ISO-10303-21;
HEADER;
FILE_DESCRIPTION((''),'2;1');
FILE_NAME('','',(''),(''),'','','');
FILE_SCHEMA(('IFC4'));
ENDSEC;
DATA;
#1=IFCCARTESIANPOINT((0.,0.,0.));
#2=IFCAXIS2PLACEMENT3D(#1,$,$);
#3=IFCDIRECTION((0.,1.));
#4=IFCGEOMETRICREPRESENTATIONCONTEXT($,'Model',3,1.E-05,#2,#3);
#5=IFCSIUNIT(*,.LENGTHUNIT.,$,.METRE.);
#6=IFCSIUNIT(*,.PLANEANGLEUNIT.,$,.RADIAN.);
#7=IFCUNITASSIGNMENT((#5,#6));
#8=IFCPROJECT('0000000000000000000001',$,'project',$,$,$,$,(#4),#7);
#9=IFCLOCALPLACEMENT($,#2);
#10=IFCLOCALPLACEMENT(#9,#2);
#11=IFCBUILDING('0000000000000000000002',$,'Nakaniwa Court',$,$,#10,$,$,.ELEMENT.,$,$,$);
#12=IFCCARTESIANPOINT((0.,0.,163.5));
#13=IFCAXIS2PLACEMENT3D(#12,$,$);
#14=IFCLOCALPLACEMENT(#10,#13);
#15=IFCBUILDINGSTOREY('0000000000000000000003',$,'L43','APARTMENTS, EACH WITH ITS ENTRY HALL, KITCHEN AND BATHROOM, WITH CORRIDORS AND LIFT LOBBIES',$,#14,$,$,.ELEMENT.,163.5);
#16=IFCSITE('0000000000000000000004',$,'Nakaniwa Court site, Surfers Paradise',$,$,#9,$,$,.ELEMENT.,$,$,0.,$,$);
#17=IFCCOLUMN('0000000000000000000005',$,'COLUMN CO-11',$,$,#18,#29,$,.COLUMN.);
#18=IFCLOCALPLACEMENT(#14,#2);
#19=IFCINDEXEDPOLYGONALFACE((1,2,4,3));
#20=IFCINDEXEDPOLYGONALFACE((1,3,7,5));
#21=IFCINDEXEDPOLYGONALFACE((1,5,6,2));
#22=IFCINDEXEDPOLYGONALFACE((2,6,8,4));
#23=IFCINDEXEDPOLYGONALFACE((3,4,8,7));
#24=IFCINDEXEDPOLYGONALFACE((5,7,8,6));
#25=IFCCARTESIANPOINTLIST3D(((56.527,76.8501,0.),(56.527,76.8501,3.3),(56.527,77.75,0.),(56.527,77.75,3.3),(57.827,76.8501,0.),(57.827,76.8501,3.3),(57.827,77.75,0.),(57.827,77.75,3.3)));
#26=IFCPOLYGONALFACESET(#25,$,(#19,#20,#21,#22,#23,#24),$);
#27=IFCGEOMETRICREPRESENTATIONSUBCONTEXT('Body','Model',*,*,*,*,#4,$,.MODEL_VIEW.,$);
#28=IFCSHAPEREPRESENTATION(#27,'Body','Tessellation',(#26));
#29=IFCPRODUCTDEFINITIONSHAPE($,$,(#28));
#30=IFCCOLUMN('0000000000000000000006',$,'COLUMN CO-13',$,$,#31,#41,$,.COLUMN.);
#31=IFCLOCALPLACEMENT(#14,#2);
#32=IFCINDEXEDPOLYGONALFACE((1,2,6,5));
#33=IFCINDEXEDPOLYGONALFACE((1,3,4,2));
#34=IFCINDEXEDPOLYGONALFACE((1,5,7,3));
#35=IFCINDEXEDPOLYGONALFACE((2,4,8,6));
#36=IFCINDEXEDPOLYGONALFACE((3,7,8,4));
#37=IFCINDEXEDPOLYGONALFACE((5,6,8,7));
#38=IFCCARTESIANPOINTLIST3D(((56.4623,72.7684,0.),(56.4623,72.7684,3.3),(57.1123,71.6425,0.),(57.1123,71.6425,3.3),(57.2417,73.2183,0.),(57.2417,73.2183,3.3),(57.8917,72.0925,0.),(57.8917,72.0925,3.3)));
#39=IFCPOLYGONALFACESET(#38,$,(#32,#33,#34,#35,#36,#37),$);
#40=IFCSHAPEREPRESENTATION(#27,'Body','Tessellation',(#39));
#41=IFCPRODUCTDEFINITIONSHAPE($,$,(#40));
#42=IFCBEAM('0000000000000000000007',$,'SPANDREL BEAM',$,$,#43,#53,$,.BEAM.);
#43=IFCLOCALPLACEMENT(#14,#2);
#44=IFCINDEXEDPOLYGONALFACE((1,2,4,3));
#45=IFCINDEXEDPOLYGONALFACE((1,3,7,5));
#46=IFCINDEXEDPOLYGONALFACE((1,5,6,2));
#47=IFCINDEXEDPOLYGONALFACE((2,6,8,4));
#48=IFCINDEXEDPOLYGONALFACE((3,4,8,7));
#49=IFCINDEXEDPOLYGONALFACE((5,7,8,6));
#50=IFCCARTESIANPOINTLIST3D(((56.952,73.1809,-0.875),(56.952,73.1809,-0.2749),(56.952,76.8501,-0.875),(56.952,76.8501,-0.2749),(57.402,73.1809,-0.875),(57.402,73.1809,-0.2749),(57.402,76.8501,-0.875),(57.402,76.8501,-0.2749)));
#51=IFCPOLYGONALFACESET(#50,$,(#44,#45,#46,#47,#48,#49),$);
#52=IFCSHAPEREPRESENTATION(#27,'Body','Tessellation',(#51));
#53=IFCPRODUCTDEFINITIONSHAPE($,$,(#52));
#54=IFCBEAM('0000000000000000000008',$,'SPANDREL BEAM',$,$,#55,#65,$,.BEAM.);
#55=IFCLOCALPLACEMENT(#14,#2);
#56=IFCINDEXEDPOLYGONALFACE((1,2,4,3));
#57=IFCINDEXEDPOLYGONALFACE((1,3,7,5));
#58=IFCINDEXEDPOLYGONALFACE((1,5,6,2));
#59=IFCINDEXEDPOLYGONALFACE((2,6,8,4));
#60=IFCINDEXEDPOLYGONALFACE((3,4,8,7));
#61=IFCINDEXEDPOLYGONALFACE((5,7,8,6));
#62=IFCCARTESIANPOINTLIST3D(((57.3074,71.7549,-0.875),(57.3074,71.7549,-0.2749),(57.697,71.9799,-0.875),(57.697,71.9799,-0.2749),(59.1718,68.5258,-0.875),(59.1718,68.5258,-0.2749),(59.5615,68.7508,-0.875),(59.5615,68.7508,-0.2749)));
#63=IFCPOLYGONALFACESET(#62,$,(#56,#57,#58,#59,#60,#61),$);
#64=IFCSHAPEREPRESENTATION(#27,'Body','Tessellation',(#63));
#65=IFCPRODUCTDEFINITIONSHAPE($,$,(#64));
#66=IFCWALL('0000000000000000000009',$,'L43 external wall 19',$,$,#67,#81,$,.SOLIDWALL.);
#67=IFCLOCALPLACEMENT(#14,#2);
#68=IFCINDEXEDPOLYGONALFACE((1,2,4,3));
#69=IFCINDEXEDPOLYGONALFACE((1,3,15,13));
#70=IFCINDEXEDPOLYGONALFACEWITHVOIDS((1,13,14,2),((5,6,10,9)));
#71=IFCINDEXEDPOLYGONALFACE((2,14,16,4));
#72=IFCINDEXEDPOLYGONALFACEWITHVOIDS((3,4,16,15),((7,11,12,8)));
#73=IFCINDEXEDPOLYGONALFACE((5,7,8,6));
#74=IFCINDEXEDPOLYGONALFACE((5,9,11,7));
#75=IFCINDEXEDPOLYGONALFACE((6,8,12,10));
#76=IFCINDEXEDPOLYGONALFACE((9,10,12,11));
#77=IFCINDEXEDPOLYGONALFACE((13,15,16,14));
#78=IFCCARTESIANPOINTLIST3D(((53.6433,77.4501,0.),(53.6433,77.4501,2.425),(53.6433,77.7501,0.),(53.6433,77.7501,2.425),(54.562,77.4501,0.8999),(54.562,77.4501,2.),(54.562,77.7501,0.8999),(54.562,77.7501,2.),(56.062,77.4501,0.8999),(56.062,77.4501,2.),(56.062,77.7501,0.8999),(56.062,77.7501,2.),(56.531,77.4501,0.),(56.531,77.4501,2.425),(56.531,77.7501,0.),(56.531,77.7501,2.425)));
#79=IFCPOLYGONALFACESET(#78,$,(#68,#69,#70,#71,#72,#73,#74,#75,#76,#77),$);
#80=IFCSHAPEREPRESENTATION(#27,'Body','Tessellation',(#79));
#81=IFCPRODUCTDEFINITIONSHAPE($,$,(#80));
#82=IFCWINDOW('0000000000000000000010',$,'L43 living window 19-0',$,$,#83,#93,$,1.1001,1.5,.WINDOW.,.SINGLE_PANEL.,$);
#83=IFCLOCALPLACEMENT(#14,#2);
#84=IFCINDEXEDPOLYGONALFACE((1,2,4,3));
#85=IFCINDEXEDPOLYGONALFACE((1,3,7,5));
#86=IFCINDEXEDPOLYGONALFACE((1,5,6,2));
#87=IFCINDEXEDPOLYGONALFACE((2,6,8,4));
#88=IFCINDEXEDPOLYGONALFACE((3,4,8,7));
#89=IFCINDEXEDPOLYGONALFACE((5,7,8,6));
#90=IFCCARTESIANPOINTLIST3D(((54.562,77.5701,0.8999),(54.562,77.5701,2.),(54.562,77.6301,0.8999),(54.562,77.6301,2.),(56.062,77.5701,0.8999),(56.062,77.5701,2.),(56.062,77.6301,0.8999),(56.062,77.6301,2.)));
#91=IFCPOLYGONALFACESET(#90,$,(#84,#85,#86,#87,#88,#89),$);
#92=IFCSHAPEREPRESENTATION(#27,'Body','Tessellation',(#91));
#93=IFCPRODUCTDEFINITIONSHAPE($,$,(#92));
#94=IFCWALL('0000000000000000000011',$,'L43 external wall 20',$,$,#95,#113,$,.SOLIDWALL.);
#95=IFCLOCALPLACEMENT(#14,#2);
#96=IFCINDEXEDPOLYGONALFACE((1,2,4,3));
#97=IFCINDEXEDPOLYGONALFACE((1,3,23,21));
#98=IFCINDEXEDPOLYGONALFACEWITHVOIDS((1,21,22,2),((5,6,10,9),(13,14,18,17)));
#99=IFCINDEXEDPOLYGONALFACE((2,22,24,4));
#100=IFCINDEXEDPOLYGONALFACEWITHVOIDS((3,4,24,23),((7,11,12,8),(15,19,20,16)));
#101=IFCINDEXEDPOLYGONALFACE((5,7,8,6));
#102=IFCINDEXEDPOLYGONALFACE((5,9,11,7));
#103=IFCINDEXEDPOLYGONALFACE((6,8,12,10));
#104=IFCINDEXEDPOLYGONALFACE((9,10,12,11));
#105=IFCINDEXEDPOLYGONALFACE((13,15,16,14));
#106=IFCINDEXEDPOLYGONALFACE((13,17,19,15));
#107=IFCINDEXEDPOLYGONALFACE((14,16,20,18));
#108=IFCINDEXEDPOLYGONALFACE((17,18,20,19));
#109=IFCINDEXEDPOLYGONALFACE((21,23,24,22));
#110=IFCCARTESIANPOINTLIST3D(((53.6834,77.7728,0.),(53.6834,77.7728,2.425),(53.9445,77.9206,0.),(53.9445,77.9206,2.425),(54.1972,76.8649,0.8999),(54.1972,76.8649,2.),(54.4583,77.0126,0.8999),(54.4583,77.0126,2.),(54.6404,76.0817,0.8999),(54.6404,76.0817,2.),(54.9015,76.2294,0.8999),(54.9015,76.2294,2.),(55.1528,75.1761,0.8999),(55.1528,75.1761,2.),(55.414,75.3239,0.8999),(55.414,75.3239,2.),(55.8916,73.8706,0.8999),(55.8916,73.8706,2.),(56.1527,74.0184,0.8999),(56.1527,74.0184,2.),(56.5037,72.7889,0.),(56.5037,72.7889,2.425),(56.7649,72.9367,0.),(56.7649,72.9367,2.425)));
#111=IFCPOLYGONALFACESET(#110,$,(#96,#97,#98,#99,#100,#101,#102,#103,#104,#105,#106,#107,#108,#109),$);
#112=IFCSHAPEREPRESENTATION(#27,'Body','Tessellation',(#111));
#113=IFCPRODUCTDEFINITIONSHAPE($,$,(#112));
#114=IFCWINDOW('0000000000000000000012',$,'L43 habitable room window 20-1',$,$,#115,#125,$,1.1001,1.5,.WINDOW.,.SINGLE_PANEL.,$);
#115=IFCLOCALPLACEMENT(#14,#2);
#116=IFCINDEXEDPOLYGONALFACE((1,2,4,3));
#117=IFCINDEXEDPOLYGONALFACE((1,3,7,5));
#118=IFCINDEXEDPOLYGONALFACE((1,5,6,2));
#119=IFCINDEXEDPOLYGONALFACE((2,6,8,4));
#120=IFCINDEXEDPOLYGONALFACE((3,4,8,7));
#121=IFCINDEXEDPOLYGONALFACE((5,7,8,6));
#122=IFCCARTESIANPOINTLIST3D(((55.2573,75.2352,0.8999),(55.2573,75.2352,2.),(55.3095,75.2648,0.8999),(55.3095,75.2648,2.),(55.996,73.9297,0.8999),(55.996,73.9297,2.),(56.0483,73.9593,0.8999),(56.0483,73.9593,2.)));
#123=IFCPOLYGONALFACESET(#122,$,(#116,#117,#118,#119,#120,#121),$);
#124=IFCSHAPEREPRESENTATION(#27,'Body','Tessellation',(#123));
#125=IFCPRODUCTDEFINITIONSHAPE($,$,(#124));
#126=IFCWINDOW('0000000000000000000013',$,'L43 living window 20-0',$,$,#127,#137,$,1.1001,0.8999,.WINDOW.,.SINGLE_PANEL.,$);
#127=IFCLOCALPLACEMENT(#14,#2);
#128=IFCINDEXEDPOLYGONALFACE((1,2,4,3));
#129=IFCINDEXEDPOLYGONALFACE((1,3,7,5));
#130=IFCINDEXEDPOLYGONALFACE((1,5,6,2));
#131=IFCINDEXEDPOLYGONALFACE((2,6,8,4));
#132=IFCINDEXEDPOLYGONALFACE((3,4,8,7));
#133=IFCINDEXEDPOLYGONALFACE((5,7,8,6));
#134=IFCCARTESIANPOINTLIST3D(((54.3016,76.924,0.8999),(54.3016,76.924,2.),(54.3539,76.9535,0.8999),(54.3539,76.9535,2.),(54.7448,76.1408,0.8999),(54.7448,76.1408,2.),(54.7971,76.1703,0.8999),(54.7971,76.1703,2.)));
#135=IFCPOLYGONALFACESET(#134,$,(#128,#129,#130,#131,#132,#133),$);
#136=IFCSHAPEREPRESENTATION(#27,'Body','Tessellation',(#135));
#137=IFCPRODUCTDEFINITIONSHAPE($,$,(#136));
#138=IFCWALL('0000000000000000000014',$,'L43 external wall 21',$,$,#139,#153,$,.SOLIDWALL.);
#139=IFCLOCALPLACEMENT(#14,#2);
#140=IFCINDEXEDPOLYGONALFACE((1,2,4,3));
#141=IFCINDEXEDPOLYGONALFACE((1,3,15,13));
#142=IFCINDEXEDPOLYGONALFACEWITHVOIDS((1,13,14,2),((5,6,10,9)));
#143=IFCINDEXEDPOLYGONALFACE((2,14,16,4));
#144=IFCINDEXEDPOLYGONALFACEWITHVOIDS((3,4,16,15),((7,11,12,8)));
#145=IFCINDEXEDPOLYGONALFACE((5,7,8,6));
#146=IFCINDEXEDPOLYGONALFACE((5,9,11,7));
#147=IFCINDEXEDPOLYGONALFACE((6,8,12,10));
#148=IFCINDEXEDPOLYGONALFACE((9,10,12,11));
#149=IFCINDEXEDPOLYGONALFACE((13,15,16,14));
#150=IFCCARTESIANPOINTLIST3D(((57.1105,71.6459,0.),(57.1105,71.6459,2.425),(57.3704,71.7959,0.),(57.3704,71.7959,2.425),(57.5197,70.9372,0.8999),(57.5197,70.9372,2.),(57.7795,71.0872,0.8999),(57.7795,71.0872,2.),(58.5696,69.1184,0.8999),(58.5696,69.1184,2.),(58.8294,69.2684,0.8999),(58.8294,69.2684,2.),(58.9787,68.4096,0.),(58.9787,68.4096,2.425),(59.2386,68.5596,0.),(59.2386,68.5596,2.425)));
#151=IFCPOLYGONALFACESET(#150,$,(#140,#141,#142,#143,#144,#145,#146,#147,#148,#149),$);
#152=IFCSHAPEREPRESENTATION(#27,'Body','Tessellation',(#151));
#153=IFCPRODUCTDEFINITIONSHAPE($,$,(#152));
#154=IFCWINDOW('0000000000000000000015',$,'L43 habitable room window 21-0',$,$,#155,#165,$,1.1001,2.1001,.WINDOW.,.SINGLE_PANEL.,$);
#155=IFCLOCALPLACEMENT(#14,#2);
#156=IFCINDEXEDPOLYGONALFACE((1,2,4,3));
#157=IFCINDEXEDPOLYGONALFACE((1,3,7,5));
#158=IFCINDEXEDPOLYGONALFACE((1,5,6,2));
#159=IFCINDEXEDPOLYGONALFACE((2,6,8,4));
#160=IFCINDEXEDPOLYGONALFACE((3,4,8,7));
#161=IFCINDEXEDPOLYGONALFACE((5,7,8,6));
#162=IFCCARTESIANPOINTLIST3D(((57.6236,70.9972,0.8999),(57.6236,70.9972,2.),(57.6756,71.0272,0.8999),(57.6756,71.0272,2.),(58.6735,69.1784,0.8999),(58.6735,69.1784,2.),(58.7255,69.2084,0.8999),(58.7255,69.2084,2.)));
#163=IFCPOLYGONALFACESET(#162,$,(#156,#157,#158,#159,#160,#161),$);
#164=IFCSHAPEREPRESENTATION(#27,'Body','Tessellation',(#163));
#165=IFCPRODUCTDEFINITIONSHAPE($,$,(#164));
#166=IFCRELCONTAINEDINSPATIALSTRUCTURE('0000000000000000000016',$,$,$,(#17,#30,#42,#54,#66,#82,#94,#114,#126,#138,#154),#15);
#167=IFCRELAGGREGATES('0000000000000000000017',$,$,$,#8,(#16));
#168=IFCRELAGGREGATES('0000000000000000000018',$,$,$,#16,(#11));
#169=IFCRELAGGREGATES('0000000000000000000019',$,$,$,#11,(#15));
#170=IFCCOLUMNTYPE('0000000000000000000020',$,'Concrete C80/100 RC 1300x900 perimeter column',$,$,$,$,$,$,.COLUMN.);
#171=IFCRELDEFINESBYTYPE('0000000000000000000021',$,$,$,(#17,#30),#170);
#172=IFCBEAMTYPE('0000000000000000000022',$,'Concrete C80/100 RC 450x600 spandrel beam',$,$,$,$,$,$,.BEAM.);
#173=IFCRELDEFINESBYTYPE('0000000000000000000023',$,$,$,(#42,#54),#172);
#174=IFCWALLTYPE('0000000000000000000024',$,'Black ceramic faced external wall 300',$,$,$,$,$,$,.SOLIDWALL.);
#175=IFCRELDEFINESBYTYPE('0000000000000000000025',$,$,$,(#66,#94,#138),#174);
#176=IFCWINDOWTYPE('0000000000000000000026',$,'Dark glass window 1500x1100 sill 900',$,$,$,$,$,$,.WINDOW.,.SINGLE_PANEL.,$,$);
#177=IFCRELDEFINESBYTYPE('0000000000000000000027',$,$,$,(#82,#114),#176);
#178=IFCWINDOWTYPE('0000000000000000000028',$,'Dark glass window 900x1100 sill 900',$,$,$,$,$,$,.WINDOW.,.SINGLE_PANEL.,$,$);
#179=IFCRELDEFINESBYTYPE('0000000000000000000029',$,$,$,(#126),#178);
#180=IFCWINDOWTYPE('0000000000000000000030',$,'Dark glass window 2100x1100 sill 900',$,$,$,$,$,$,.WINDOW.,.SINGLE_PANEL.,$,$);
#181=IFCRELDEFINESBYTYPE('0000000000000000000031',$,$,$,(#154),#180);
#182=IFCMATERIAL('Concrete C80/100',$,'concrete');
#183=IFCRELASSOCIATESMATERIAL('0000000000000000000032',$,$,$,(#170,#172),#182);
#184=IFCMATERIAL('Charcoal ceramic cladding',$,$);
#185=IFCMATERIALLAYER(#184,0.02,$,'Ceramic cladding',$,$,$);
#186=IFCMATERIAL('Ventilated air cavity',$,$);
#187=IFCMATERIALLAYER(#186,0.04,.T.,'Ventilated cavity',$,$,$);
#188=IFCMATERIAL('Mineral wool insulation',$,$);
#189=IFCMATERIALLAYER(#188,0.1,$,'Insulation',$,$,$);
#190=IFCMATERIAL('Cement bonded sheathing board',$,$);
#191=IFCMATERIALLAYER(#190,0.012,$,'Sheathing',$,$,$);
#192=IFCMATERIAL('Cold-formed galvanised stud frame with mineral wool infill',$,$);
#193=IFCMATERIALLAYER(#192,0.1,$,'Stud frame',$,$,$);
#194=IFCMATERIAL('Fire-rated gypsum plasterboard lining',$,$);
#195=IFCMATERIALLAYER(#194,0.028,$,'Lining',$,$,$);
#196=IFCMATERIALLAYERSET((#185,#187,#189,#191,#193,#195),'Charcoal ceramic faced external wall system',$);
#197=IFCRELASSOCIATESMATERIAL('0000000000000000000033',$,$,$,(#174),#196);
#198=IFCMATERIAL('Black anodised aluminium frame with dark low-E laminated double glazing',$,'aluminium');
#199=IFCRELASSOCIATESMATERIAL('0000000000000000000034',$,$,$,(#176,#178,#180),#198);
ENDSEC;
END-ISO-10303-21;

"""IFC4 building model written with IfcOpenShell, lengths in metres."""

from ifc_helpers import new_model, si_unit, direction, frame, frame_2d, origin, origin_2d, place, context, subcontext, project, spatial, rectangle, extrude, material, layer, layer_set, material_profile, profile_set, type_object, element, fill, save


model = new_model("IFC4")

# Units and contexts
model_context = context("Model", 3, precision=1e-05, world=origin(), true_north=direction((0.0, 1.0)))
body_context = subcontext(model_context, "Body", "Model", "MODEL_VIEW")
ifc_project = project(units=[si_unit("LENGTHUNIT", "METRE"), si_unit("PLANEANGLEUNIT", "RADIAN")], contexts=[model_context])

# Site, building, storey
site_placement = place(None, origin())
site = spatial("IfcSite", under=ifc_project, at=site_placement, Name="Nakaniwa Court site, Surfers Paradise", CompositionType="ELEMENT", RefElevation=0.0)
building_placement = place(site_placement, origin())
building = spatial("IfcBuilding", under=site, at=building_placement, Name="Nakaniwa Court", CompositionType="ELEMENT")
storey_placement = place(building_placement, frame((0.0, 0.0, 163.5)))
storey = spatial("IfcBuildingStorey", under=building, at=storey_placement, Name="L43", Description="APARTMENTS, EACH WITH ITS ENTRY HALL, KITCHEN AND BATHROOM, WITH CORRIDORS AND LIFT LOBBIES", CompositionType="ELEMENT", Elevation=163.5)

# Columns
ifc_material_1 = material(Name="Concrete C80/100", Category="concrete")
ifc_material_profile_1 = material_profile(ifc_material_1, rectangle(XDim=1.3, YDim=0.8999, at=origin_2d()), Name="Concrete C80/100 RC 1300x900 perimeter column")
ifc_profile_set_1 = profile_set([ifc_material_profile_1], Name="Concrete C80/100")
column_type = type_object("IfcColumnType", Name="Concrete C80/100 RC 1300x900 perimeter column", PredefinedType="COLUMN", material=ifc_profile_set_1)
for number, where, z_axis, x_axis, name in (
    (1, (57.177, 77.3, 0.0), (0.0, 0.0, 1.0), (-1.0, 0.0, 0.0), "COLUMN CO-11"),
    (2, (57.177, 72.4304, 0.0), (0.0, 0.0, 1.0), (0.5, -0.866025, 0.0), "COLUMN CO-13"),
):
    element("IfcColumn", number, at=place(storey_placement, frame(where, z_axis=z_axis, x_axis=x_axis)), inside=storey, type_object=column_type, Name=name, PredefinedType="COLUMN", context=body_context, shape_type="SweptSolid", body=[
        extrude(rectangle(XDim=1.3, YDim=0.8999, at=origin_2d()), origin(), (0.0, 0.0, 1.0), 3.3),
    ])

# Beams
ifc_material_profile_2 = material_profile(ifc_material_1, rectangle(XDim=0.45, YDim=0.6001, at=origin_2d()), Name="Concrete C80/100 RC 450x600 spandrel beam")
ifc_profile_set_2 = profile_set([ifc_material_profile_2], Name="Concrete C80/100")
beam_type = type_object("IfcBeamType", Name="Concrete C80/100 RC 450x600 spandrel beam", PredefinedType="BEAM", material=ifc_profile_set_2)
beam_1_placement = place(storey_placement, frame((57.177, 76.8501, -0.575), z_axis=(0.0, -1.0, 0.0), x_axis=(1.0, 0.0, 0.0)))
element("IfcBeam", 3, at=beam_1_placement, inside=storey, type_object=beam_type, Name="SPANDREL BEAM", PredefinedType="BEAM", context=body_context, shape_type="SweptSolid", body=[
    extrude(rectangle(XDim=0.45, YDim=0.6001, at=origin_2d()), origin(), (0.0, 0.0, 1.0), 3.6692),
])
beam_2_placement = place(storey_placement, frame((57.5022, 71.8674, -0.575), z_axis=(0.500019, -0.866014, 0.0), x_axis=(0.866014, 0.500019, 0.0)))
element("IfcBeam", 4, at=beam_2_placement, inside=storey, type_object=beam_type, Name="SPANDREL BEAM", PredefinedType="BEAM", context=body_context, shape_type="SweptSolid", body=[
    extrude(rectangle(XDim=0.45, YDim=0.6001, at=origin_2d()), origin(), (0.0, 0.0, 1.0), 3.7288),
])

# Wall, opening, window
ifc_material_2 = material(Name="Charcoal ceramic cladding")
ifc_layer_1 = layer(ifc_material_2, 0.02, Name="Ceramic cladding")
ifc_material_3 = material(Name="Ventilated air cavity")
ifc_layer_2 = layer(ifc_material_3, 0.04, ventilated=True, Name="Ventilated cavity")
ifc_material_4 = material(Name="Mineral wool insulation")
ifc_layer_3 = layer(ifc_material_4, 0.1, Name="Insulation")
ifc_material_5 = material(Name="Cement bonded sheathing board")
ifc_layer_4 = layer(ifc_material_5, 0.012, Name="Sheathing")
ifc_material_6 = material(Name="Cold-formed galvanised stud frame with mineral wool infill")
ifc_layer_5 = layer(ifc_material_6, 0.1, Name="Stud frame")
ifc_material_7 = material(Name="Fire-rated gypsum plasterboard lining")
ifc_layer_6 = layer(ifc_material_7, 0.028, Name="Lining")
ifc_layer_set_1 = layer_set([ifc_layer_1, ifc_layer_2, ifc_layer_3, ifc_layer_4, ifc_layer_5, ifc_layer_6], Name="Charcoal ceramic faced external wall system")
wall_type_1 = type_object("IfcWallType", Name="Black ceramic faced external wall 300", PredefinedType="SOLIDWALL", material=ifc_layer_set_1)
wall_1_placement = place(storey_placement, frame((56.531, 77.6001, 0.0), z_axis=(0.0, 0.0, 1.0), x_axis=(-1.0, 0.0, 0.0)))
wall_1 = element("IfcWall", 5, at=wall_1_placement, inside=storey, type_object=wall_type_1, Name="L43 external wall 19", PredefinedType="SOLIDWALL", context=body_context, shape_type="SweptSolid", body=[
    extrude(rectangle(XDim=2.8877, YDim=0.3, at=frame_2d((1.4438, 0.0))), origin(), (0.0, 0.0, 1.0), 2.425),
])
opening_1_placement = place(wall_1_placement, frame((0.469, 0.0, 0.8999)))
opening_1 = element("IfcOpeningElement", 6, at=opening_1_placement, cuts=wall_1, PredefinedType="OPENING", context=body_context, shape_type="SweptSolid", body=[
    extrude(rectangle(XDim=1.5, YDim=1.1001, at=frame_2d((0.75, 0.55))), frame((0.0, 0.1599, 0.0), z_axis=(0.0, -1.0, 0.0), x_axis=(1.0, 0.0, 0.0)), (0.0, 0.0, 1.0), 0.3201),
])
ifc_material_8 = material(Name="Black anodised aluminium frame with dark low-E laminated double glazing", Category="aluminium")
window_type_1 = type_object("IfcWindowType", Name="Dark glass window 1500x1100 sill 900", PartitioningType="SINGLE_PANEL", PredefinedType="WINDOW", material=ifc_material_8)
window_1_placement = place(opening_1_placement, origin())
window_1 = element("IfcWindow", 7, at=window_1_placement, inside=storey, type_object=window_type_1, Name="L43 living window 19-0", OverallHeight=1.1001, OverallWidth=1.5, PartitioningType="SINGLE_PANEL", PredefinedType="WINDOW", context=body_context, shape_type="SweptSolid", body=[
    extrude(rectangle(XDim=1.5, YDim=1.1001, at=frame_2d((0.75, 0.55))), frame((0.0, 0.03, 0.0), z_axis=(0.0, -1.0, 0.0), x_axis=(1.0, 0.0, 0.0)), (0.0, 0.0, 1.0), 0.0601),
])
fill(opening_1, window_1)

# Wall, openings, windows
wall_2_placement = place(storey_placement, frame((53.814, 77.8467, 0.0), z_axis=(0.0, 0.0, 1.0), x_axis=(0.492498, -0.870313, 0.0)))
wall_2 = element("IfcWall", 8, at=wall_2_placement, inside=storey, type_object=wall_type_1, Name="L43 external wall 20", PredefinedType="SOLIDWALL", context=body_context, shape_type="SweptSolid", body=[
    extrude(rectangle(XDim=5.7266, YDim=0.3, at=frame_2d((2.8633, 0.0))), origin(), (0.0, 0.0, 1.0), 2.425),
])
opening_2_placement = place(wall_2_placement, frame((1.0432, 0.0, 0.8999)))
opening_2 = element("IfcOpeningElement", 9, at=opening_2_placement, cuts=wall_2, PredefinedType="OPENING", context=body_context, shape_type="SweptSolid", body=[
    extrude(rectangle(XDim=0.8999, YDim=1.1001, at=frame_2d((0.45, 0.55))), frame((0.0, 0.1599, 0.0), z_axis=(0.0, -1.0, 0.0), x_axis=(1.0, 0.0, 0.0)), (0.0, 0.0, 1.0), 0.3201),
])
opening_3_placement = place(wall_2_placement, frame((2.9836, 0.0, 0.8999)))
opening_3 = element("IfcOpeningElement", 10, at=opening_3_placement, cuts=wall_2, PredefinedType="OPENING", context=body_context, shape_type="SweptSolid", body=[
    extrude(rectangle(XDim=1.5, YDim=1.1001, at=frame_2d((0.75, 0.55))), frame((0.0, 0.1599, 0.0), z_axis=(0.0, -1.0, 0.0), x_axis=(1.0, 0.0, 0.0)), (0.0, 0.0, 1.0), 0.3201),
])
window_2_placement = place(opening_3_placement, origin())
window_2 = element("IfcWindow", 11, at=window_2_placement, inside=storey, type_object=window_type_1, Name="L43 habitable room window 20-1", OverallHeight=1.1001, OverallWidth=1.5, PartitioningType="SINGLE_PANEL", PredefinedType="WINDOW", context=body_context, shape_type="SweptSolid", body=[
    extrude(rectangle(XDim=1.5, YDim=1.1001, at=frame_2d((0.75, 0.55))), frame((0.0, 0.03, 0.0), z_axis=(0.0, -1.0, 0.0), x_axis=(1.0, 0.0, 0.0)), (0.0, 0.0, 1.0), 0.0601),
])
fill(opening_3, window_2)
window_type_2 = type_object("IfcWindowType", Name="Dark glass window 900x1100 sill 900", PartitioningType="SINGLE_PANEL", PredefinedType="WINDOW", material=ifc_material_8)
window_3_placement = place(opening_2_placement, origin())
window_3 = element("IfcWindow", 12, at=window_3_placement, inside=storey, type_object=window_type_2, Name="L43 living window 20-0", OverallHeight=1.1001, OverallWidth=0.8999, PartitioningType="SINGLE_PANEL", PredefinedType="WINDOW", context=body_context, shape_type="SweptSolid", body=[
    extrude(rectangle(XDim=0.8999, YDim=1.1001, at=frame_2d((0.45, 0.55))), frame((0.0, 0.03, 0.0), z_axis=(0.0, -1.0, 0.0), x_axis=(1.0, 0.0, 0.0)), (0.0, 0.0, 1.0), 0.0601),
])
fill(opening_2, window_3)

# Wall, opening, window
wall_3_placement = place(storey_placement, frame((57.2405, 71.7209, 0.0), z_axis=(0.0, 0.0, 1.0), x_axis=(0.499934, -0.866064, 0.0)))
wall_3 = element("IfcWall", 13, at=wall_3_placement, inside=storey, type_object=wall_type_1, Name="L43 external wall 21", PredefinedType="SOLIDWALL", context=body_context, shape_type="SweptSolid", body=[
    extrude(rectangle(XDim=3.7368, YDim=0.3, at=frame_2d((1.8684, 0.0))), origin(), (0.0, 0.0, 1.0), 2.425),
])
opening_4_placement = place(wall_3_placement, frame((0.8184, 0.0, 0.8999)))
opening_4 = element("IfcOpeningElement", 14, at=opening_4_placement, cuts=wall_3, PredefinedType="OPENING", context=body_context, shape_type="SweptSolid", body=[
    extrude(rectangle(XDim=2.1001, YDim=1.1001, at=frame_2d((1.05, 0.55))), frame((0.0, 0.1599, 0.0), z_axis=(0.0, -1.0, 0.0), x_axis=(1.0, 0.0, 0.0)), (0.0, 0.0, 1.0), 0.3201),
])
window_type_3 = type_object("IfcWindowType", Name="Dark glass window 2100x1100 sill 900", PartitioningType="SINGLE_PANEL", PredefinedType="WINDOW", material=ifc_material_8)
window_4_placement = place(opening_4_placement, origin())
window_4 = element("IfcWindow", 15, at=window_4_placement, inside=storey, type_object=window_type_3, Name="L43 habitable room window 21-0", OverallHeight=1.1001, OverallWidth=2.1001, PartitioningType="SINGLE_PANEL", PredefinedType="WINDOW", context=body_context, shape_type="SweptSolid", body=[
    extrude(rectangle(XDim=2.1001, YDim=1.1001, at=frame_2d((1.05, 0.55))), frame((0.0, 0.03, 0.0), z_axis=(0.0, -1.0, 0.0), x_axis=(1.0, 0.0, 0.0)), (0.0, 0.0, 1.0), 0.0601),
])
fill(opening_4, window_4)

save(model, "model.ifc")
